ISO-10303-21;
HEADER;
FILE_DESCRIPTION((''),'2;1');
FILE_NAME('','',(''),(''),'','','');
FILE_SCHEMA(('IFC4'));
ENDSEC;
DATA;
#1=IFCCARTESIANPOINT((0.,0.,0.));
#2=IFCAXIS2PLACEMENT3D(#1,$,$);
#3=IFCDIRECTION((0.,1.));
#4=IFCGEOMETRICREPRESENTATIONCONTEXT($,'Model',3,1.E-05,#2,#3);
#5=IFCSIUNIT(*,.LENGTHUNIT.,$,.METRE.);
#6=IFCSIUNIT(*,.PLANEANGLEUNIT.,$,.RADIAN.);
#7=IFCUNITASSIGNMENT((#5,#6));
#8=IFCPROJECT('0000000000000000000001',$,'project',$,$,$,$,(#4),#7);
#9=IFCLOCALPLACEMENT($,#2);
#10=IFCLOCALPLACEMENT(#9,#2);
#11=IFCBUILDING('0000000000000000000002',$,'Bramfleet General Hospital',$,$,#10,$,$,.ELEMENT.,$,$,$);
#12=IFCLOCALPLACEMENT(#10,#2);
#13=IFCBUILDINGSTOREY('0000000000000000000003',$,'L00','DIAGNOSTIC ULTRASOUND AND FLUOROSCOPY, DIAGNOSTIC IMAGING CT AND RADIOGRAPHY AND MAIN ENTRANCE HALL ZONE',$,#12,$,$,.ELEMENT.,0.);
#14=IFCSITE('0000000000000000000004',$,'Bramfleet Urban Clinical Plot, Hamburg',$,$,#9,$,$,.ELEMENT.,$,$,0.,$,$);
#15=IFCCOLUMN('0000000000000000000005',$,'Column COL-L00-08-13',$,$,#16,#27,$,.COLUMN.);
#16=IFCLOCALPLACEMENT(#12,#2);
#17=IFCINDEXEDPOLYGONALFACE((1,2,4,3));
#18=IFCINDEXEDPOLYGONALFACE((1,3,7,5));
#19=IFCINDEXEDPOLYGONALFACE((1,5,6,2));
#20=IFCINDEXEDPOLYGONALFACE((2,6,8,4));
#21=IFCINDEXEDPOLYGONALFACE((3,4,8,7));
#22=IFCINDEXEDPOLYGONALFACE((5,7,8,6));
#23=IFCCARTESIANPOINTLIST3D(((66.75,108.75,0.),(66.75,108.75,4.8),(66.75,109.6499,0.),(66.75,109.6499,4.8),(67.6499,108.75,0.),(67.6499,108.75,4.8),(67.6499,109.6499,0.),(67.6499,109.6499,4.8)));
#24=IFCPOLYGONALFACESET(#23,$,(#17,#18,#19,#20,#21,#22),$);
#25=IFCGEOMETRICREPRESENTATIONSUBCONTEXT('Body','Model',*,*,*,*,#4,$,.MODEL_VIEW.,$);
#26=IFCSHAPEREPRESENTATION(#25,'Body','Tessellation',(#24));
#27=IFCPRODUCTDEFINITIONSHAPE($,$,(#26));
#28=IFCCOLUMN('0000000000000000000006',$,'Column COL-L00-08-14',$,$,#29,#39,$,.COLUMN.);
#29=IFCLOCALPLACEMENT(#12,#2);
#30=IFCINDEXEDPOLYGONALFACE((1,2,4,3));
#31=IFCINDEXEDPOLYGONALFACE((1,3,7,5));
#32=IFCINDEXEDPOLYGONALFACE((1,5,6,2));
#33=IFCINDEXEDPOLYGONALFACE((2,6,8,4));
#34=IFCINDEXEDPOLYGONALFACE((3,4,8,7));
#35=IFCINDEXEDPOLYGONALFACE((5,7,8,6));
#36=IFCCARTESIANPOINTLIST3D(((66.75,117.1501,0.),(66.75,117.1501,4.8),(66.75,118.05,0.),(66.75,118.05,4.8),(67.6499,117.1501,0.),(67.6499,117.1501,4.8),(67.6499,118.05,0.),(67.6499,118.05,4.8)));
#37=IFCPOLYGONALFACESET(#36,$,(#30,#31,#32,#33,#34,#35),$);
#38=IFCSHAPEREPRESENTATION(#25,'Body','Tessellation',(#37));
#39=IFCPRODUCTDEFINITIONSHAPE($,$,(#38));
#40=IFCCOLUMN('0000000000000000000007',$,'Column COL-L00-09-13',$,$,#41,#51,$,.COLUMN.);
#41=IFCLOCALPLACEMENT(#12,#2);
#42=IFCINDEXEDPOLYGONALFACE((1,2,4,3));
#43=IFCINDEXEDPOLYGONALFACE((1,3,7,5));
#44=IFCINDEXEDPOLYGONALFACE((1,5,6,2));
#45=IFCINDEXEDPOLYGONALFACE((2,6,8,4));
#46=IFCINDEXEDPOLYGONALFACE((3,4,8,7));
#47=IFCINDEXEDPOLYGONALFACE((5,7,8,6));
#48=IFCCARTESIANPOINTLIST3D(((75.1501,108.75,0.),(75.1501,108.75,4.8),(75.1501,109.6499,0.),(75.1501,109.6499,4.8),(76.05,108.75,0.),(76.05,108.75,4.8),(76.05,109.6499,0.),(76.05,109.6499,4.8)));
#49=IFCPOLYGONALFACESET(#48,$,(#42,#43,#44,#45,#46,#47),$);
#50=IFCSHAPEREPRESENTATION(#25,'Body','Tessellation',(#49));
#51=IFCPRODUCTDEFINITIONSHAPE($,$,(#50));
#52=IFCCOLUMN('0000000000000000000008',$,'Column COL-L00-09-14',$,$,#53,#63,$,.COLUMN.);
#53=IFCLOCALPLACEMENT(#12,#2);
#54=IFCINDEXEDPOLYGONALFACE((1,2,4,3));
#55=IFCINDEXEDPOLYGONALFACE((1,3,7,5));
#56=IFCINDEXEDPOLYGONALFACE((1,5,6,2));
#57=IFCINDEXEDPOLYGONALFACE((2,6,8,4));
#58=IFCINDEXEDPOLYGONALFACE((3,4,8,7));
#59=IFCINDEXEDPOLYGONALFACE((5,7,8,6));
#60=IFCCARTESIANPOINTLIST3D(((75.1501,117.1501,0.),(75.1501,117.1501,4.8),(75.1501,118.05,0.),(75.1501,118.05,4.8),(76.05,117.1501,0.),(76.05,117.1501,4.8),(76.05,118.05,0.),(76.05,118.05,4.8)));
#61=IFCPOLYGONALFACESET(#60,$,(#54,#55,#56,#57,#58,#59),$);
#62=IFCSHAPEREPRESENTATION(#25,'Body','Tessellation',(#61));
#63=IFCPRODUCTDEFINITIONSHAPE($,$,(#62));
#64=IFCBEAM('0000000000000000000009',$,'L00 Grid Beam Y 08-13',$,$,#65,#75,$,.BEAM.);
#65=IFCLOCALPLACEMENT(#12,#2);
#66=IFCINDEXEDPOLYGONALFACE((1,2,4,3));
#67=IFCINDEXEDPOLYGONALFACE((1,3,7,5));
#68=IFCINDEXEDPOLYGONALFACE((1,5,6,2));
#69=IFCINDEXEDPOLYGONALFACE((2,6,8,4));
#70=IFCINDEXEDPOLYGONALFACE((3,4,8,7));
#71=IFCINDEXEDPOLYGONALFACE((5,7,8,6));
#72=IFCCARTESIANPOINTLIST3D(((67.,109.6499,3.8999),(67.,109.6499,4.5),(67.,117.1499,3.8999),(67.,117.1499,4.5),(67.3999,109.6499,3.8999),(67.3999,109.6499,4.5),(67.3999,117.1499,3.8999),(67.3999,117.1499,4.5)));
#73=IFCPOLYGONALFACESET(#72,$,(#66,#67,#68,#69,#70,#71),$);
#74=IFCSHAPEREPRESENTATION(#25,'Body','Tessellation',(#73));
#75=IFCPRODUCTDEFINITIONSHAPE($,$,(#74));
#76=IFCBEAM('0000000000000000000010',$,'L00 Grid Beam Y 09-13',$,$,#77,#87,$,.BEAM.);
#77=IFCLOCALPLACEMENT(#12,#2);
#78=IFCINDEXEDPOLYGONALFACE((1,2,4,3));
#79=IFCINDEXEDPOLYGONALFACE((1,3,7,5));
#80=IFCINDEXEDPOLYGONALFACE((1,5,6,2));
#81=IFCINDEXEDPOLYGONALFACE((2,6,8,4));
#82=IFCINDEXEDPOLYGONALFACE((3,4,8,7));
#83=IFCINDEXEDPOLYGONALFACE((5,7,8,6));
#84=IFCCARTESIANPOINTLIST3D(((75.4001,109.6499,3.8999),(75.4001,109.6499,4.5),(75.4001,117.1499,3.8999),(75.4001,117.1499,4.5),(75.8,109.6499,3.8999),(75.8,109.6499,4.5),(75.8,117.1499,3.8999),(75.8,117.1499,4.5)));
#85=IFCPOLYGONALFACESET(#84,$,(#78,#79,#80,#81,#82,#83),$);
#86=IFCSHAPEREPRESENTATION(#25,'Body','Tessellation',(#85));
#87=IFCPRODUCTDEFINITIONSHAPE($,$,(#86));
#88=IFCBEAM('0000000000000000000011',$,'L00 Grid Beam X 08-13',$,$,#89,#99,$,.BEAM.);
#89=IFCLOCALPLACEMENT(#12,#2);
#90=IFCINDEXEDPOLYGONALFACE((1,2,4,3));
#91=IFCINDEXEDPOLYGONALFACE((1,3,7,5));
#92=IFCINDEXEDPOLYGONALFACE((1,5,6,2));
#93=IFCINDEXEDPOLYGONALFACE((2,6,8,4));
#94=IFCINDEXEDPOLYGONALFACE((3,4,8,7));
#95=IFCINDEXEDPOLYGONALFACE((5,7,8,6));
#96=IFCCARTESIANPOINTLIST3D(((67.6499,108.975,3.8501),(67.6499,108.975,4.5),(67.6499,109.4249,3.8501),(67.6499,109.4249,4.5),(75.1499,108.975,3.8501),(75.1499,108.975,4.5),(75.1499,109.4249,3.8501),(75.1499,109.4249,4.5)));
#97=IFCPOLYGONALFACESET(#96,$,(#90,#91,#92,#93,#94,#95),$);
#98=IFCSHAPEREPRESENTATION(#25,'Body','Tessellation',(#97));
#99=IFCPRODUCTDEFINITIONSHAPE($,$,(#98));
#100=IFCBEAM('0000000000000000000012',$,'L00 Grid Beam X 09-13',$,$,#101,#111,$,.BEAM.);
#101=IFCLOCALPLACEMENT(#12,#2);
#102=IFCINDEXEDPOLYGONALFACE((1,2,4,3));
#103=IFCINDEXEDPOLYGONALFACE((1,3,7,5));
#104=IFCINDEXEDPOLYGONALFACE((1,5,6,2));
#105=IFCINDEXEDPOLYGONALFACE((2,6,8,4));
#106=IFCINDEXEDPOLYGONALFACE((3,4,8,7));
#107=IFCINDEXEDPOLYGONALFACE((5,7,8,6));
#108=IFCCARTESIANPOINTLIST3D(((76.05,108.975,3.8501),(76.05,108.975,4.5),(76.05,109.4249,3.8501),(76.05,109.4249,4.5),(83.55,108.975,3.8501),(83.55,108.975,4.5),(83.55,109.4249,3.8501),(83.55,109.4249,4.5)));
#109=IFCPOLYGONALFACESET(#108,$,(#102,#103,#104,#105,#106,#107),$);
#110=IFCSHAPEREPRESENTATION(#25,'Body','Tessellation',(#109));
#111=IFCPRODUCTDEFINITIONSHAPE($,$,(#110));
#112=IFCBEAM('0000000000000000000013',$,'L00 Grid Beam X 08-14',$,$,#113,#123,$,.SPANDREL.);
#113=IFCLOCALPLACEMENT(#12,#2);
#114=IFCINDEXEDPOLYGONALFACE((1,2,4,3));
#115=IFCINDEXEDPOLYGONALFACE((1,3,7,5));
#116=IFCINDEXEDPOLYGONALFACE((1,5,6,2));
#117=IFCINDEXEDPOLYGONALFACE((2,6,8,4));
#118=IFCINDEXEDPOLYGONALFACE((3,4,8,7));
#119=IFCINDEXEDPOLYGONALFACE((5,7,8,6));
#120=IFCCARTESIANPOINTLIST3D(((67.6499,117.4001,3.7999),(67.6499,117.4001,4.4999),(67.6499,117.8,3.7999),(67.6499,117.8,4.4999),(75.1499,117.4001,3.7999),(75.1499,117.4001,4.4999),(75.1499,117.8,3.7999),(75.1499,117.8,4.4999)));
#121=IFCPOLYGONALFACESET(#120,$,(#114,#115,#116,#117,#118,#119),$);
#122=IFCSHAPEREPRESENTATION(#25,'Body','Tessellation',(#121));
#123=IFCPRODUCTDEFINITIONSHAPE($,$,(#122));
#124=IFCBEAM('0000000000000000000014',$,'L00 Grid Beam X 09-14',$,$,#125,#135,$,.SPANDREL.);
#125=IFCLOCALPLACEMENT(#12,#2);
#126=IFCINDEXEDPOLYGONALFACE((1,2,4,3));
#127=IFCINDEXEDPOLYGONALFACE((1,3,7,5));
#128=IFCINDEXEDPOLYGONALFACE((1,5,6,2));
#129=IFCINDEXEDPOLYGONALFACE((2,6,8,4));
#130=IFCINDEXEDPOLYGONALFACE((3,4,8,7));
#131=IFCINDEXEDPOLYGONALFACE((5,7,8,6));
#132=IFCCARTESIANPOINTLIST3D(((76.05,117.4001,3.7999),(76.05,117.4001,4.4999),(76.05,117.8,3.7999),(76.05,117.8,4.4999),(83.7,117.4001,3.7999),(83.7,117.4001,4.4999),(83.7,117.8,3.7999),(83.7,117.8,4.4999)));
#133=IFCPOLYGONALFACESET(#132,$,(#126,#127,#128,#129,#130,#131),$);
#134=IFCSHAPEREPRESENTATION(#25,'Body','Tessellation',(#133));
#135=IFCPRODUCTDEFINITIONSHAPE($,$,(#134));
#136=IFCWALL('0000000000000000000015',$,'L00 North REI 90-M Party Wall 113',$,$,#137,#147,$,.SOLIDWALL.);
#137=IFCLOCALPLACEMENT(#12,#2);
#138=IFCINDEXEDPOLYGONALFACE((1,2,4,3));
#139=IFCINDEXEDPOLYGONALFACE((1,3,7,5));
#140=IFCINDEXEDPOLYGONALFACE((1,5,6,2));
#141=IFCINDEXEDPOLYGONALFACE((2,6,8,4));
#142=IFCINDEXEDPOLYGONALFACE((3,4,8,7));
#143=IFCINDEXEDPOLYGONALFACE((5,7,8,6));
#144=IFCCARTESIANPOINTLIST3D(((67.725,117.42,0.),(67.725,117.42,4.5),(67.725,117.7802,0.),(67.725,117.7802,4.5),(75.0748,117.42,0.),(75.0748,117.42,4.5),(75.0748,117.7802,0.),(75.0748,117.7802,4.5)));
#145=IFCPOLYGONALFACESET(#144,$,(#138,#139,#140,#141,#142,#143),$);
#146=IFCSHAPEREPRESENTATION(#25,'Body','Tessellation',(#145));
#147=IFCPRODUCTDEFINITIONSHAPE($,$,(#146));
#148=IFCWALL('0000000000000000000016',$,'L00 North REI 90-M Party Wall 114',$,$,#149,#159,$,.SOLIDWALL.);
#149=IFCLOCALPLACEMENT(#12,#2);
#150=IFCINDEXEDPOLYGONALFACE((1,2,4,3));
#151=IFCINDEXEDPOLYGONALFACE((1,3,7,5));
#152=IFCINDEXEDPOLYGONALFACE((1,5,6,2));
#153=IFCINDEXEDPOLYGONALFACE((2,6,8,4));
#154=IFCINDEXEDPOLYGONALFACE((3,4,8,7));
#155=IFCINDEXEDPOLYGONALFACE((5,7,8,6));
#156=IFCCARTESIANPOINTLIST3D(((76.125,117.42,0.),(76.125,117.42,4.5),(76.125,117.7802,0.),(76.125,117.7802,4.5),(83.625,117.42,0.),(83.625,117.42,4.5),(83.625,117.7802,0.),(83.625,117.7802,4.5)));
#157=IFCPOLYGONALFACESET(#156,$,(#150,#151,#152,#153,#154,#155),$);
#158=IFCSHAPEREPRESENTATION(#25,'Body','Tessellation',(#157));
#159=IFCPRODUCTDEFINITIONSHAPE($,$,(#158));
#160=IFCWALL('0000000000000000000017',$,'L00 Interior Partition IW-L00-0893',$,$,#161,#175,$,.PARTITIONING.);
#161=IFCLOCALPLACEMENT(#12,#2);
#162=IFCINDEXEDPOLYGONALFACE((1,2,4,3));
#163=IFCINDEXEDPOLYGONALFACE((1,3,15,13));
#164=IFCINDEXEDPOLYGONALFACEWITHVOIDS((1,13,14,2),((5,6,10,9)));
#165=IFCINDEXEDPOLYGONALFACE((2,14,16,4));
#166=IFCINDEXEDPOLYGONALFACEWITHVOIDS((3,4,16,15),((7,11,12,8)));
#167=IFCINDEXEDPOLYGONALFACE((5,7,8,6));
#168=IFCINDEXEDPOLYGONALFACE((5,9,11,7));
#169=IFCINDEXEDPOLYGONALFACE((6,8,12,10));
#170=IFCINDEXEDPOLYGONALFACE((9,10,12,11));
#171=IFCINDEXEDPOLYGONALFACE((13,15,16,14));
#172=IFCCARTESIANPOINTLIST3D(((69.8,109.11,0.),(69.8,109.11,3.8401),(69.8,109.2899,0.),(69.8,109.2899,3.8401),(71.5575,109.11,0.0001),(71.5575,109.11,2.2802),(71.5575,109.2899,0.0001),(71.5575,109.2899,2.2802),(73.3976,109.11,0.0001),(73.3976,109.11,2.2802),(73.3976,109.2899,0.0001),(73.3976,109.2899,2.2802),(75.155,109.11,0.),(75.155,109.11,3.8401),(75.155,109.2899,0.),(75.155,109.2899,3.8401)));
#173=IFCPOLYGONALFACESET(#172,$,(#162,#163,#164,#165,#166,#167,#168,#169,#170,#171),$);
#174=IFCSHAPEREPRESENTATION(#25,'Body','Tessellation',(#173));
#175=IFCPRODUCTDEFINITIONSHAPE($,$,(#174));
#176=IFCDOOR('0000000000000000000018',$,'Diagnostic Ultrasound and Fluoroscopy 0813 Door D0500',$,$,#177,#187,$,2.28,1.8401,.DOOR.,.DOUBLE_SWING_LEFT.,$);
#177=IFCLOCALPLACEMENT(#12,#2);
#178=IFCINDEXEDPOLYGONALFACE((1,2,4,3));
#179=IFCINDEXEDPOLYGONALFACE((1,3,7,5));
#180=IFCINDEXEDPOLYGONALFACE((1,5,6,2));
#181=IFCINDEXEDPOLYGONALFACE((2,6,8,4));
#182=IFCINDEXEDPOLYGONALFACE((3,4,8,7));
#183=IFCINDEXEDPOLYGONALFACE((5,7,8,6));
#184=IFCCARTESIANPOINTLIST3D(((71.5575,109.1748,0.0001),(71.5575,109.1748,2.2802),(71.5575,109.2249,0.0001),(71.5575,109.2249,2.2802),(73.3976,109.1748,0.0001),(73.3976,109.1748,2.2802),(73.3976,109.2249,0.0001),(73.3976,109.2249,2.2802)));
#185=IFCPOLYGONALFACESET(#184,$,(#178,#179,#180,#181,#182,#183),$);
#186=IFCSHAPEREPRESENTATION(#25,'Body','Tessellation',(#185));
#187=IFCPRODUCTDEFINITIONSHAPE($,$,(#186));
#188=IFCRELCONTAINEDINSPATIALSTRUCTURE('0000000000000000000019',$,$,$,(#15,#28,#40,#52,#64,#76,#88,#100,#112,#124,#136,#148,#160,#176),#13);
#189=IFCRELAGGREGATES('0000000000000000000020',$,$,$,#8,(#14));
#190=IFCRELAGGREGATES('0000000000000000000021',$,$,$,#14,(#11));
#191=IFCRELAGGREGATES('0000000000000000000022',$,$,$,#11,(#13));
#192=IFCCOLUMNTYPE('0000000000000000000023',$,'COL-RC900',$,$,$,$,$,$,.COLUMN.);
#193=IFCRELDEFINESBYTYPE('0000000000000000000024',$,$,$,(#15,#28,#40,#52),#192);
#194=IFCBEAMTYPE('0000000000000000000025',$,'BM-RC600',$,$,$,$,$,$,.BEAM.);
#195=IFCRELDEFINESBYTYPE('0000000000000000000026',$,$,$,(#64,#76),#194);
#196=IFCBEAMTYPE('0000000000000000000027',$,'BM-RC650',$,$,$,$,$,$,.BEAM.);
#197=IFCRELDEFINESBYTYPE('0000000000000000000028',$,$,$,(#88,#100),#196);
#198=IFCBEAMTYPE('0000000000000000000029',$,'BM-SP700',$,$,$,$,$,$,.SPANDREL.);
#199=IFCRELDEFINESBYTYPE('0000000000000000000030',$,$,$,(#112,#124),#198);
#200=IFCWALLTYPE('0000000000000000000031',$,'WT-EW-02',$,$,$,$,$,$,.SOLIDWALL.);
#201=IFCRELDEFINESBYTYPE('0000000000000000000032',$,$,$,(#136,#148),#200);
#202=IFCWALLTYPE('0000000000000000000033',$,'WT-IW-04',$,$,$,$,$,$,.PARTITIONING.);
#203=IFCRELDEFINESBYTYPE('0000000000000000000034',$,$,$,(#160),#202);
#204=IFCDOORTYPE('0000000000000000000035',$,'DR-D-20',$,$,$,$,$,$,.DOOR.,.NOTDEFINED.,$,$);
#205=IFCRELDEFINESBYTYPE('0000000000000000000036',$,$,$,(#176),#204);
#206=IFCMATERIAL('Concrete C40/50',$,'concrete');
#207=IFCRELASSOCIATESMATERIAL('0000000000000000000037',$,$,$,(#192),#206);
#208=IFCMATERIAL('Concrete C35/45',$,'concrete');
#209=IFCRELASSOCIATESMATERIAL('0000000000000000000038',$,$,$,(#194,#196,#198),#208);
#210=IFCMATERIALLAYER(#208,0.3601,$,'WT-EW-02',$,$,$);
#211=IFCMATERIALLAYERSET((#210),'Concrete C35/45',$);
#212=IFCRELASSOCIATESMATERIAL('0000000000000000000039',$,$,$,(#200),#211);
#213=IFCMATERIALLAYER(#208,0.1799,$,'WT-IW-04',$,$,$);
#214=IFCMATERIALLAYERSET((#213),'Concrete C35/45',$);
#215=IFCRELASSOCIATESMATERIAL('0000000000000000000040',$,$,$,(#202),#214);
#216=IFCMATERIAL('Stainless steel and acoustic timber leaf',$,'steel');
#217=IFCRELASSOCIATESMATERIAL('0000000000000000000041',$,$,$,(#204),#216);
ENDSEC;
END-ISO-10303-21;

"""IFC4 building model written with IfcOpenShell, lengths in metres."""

from ifc_helpers import new_model, si_unit, direction, frame, frame_2d, origin, origin_2d, place, context, subcontext, project, spatial, rectangle, extrude, material, layer, layer_set, material_profile, profile_set, type_object, element, fill, save


model = new_model("IFC4")

# Units and contexts
model_context = context("Model", 3, precision=1e-05, world=origin(), true_north=direction((0.0, 1.0)))
body_context = subcontext(model_context, "Body", "Model", "MODEL_VIEW")
ifc_project = project(units=[si_unit("LENGTHUNIT", "METRE"), si_unit("PLANEANGLEUNIT", "RADIAN")], contexts=[model_context])

# Site, building, storey
site_placement = place(None, origin())
site = spatial("IfcSite", under=ifc_project, at=site_placement, Name="Bramfleet Urban Clinical Plot, Hamburg", CompositionType="ELEMENT", RefElevation=0.0)
building_placement = place(site_placement, origin())
building = spatial("IfcBuilding", under=site, at=building_placement, Name="Bramfleet General Hospital", CompositionType="ELEMENT")
storey_placement = place(building_placement, origin())
storey = spatial("IfcBuildingStorey", under=building, at=storey_placement, Name="L00", Description="DIAGNOSTIC ULTRASOUND AND FLUOROSCOPY, DIAGNOSTIC IMAGING CT AND RADIOGRAPHY AND MAIN ENTRANCE HALL ZONE", CompositionType="ELEMENT", Elevation=0.0)

# Columns
ifc_material_1 = material(Name="Concrete C40/50", Category="concrete")
ifc_material_profile_1 = material_profile(ifc_material_1, rectangle(XDim=0.8999, YDim=0.8999, at=origin_2d()), Name="RC COL 900x900")
ifc_profile_set_1 = profile_set([ifc_material_profile_1], Name="Concrete C40/50")
column_type = type_object("IfcColumnType", Name="COL-RC900", PredefinedType="COLUMN", material=ifc_profile_set_1)
for number, where, z_axis, x_axis, name in (
    (1, (67.2, 109.2, 0.0), (0.0, 0.0, 1.0), (1.0, 0.0, 0.0), "Column COL-L00-08-13"),
    (2, (67.2, 117.6001, 0.0), (0.0, 0.0, 1.0), (1.0, 0.0, 0.0), "Column COL-L00-08-14"),
    (3, (75.6001, 109.2, 0.0), (0.0, 0.0, 1.0), (1.0, 0.0, 0.0), "Column COL-L00-09-13"),
    (4, (75.6001, 117.6001, 0.0), (0.0, 0.0, 1.0), (1.0, 0.0, 0.0), "Column COL-L00-09-14"),
):
    element("IfcColumn", number, at=place(storey_placement, frame(where, z_axis=z_axis, x_axis=x_axis)), inside=storey, type_object=column_type, Name=name, PredefinedType="COLUMN", context=body_context, shape_type="SweptSolid", body=[
        extrude(rectangle(XDim=0.8999, YDim=0.8999, at=origin_2d()), origin(), (0.0, 0.0, 1.0), 4.8),
    ])

# Beams
ifc_material_2 = material(Name="Concrete C35/45", Category="concrete")
ifc_material_profile_2 = material_profile(ifc_material_2, rectangle(XDim=0.3999, YDim=0.6001, at=origin_2d()), Name="RC BM 600x400")
ifc_profile_set_2 = profile_set([ifc_material_profile_2], Name="Concrete C35/45")
beam_type_1 = type_object("IfcBeamType", Name="BM-RC600", PredefinedType="BEAM", material=ifc_profile_set_2)
for number, where, z_axis, x_axis, name in (
    (5, (67.2, 109.6499, 4.2), (0.0, 1.0, 0.0), (-1.0, 0.0, 0.0), "L00 Grid Beam Y 08-13"),
    (6, (75.6001, 109.6499, 4.2), (0.0, 1.0, 0.0), (-1.0, 0.0, 0.0), "L00 Grid Beam Y 09-13"),
):
    element("IfcBeam", number, at=place(storey_placement, frame(where, z_axis=z_axis, x_axis=x_axis)), inside=storey, type_object=beam_type_1, Name=name, PredefinedType="BEAM", context=body_context, shape_type="SweptSolid", body=[
        extrude(rectangle(XDim=0.3999, YDim=0.6001, at=origin_2d()), origin(), (0.0, 0.0, 1.0), 7.5),
    ])
ifc_material_profile_3 = material_profile(ifc_material_2, rectangle(XDim=0.45, YDim=0.6499, at=origin_2d()), Name="RC BM 650x450")
ifc_profile_set_3 = profile_set([ifc_material_profile_3], Name="Concrete C35/45")
beam_type_2 = type_object("IfcBeamType", Name="BM-RC650", PredefinedType="BEAM", material=ifc_profile_set_3)
for number, where, z_axis, x_axis, name in (
    (7, (67.6499, 109.2, 4.175), (1.0, 0.0, 0.0), (0.0, 1.0, 0.0), "L00 Grid Beam X 08-13"),
    (8, (76.05, 109.2, 4.175), (1.0, 0.0, 0.0), (0.0, 1.0, 0.0), "L00 Grid Beam X 09-13"),
):
    element("IfcBeam", number, at=place(storey_placement, frame(where, z_axis=z_axis, x_axis=x_axis)), inside=storey, type_object=beam_type_2, Name=name, PredefinedType="BEAM", context=body_context, shape_type="SweptSolid", body=[
        extrude(rectangle(XDim=0.45, YDim=0.6499, at=origin_2d()), origin(), (0.0, 0.0, 1.0), 7.5),
    ])
ifc_material_profile_4 = material_profile(ifc_material_2, rectangle(XDim=0.3999, YDim=0.7, at=origin_2d()), Name="RC SP 700x400")
ifc_profile_set_4 = profile_set([ifc_material_profile_4], Name="Concrete C35/45")
beam_type_3 = type_object("IfcBeamType", Name="BM-SP700", PredefinedType="SPANDREL", material=ifc_profile_set_4)
beam_1_placement = place(storey_placement, frame((67.6499, 117.6001, 4.1499), z_axis=(1.0, 0.0, 0.0), x_axis=(0.0, 1.0, 0.0)))
element("IfcBeam", 9, at=beam_1_placement, inside=storey, type_object=beam_type_3, Name="L00 Grid Beam X 08-14", PredefinedType="SPANDREL", context=body_context, shape_type="SweptSolid", body=[
    extrude(rectangle(XDim=0.3999, YDim=0.7, at=origin_2d()), origin(), (0.0, 0.0, 1.0), 7.5),
])
beam_2_placement = place(storey_placement, frame((76.05, 117.6001, 4.1499), z_axis=(1.0, 0.0, 0.0), x_axis=(0.0, 1.0, 0.0)))
element("IfcBeam", 10, at=beam_2_placement, inside=storey, type_object=beam_type_3, Name="L00 Grid Beam X 09-14", PredefinedType="SPANDREL", context=body_context, shape_type="SweptSolid", body=[
    extrude(rectangle(XDim=0.3999, YDim=0.7, at=origin_2d()), origin(), (0.0, 0.0, 1.0), 7.6499),
])

# Walls
ifc_layer_1 = layer(ifc_material_2, 0.3601, Name="WT-EW-02")
ifc_layer_set_1 = layer_set([ifc_layer_1], Name="Concrete C35/45")
wall_type_1 = type_object("IfcWallType", Name="WT-EW-02", PredefinedType="SOLIDWALL", material=ifc_layer_set_1)
wall_1_placement = place(storey_placement, frame((67.7251, 117.6001, 0.0), z_axis=(0.0, 0.0, 1.0), x_axis=(1.0, 0.0, 0.0)))
element("IfcWall", 11, at=wall_1_placement, inside=storey, type_object=wall_type_1, Name="L00 North REI 90-M Party Wall 113", PredefinedType="SOLIDWALL", context=body_context, shape_type="SweptSolid", body=[
    extrude(rectangle(XDim=7.3499, YDim=0.3601, at=frame_2d((3.6748, 0.0))), origin(), (0.0, 0.0, 1.0), 4.5),
])
wall_2_placement = place(storey_placement, frame((76.125, 117.6001, 0.0), z_axis=(0.0, 0.0, 1.0), x_axis=(1.0, 0.0, 0.0)))
element("IfcWall", 12, at=wall_2_placement, inside=storey, type_object=wall_type_1, Name="L00 North REI 90-M Party Wall 114", PredefinedType="SOLIDWALL", context=body_context, shape_type="SweptSolid", body=[
    extrude(rectangle(XDim=7.5, YDim=0.3601, at=frame_2d((3.75, 0.0))), origin(), (0.0, 0.0, 1.0), 4.5),
])

# Wall, opening, door
ifc_layer_2 = layer(ifc_material_2, 0.1799, Name="WT-IW-04")
ifc_layer_set_2 = layer_set([ifc_layer_2], Name="Concrete C35/45")
wall_type_2 = type_object("IfcWallType", Name="WT-IW-04", PredefinedType="PARTITIONING", material=ifc_layer_set_2)
wall_3_placement = place(storey_placement, frame((69.8, 109.2, 0.0), z_axis=(0.0, 0.0, 1.0), x_axis=(1.0, 0.0, 0.0)))
wall_3 = element("IfcWall", 13, at=wall_3_placement, inside=storey, type_object=wall_type_2, Name="L00 Interior Partition IW-L00-0893", PredefinedType="PARTITIONING", context=body_context, shape_type="SweptSolid", body=[
    extrude(rectangle(XDim=5.355, YDim=0.1799, at=frame_2d((2.6775, 0.0))), origin(), (0.0, 0.0, 1.0), 3.8401),
])
opening_1_placement = place(wall_3_placement, frame((1.7576, 0.0, 0.0)))
opening_1 = element("IfcOpeningElement", 14, at=opening_1_placement, cuts=wall_3, PredefinedType="OPENING", context=body_context, shape_type="SweptSolid", body=[
    extrude(rectangle(XDim=1.8401, YDim=2.28, at=frame_2d((0.9199, 1.1401))), frame((0.0, 0.0999, 0.0), z_axis=(0.0, -1.0, 0.0), x_axis=(1.0, 0.0, 0.0)), (0.0, 0.0, 1.0), 0.2),
])
ifc_material_3 = material(Name="Stainless steel and acoustic timber leaf", Category="steel")
door_type_1 = type_object("IfcDoorType", Name="DR-D-20", OperationType="NOTDEFINED", PredefinedType="DOOR", material=ifc_material_3)
door_1_placement = place(opening_1_placement, origin())
door_1 = element("IfcDoor", 15, at=door_1_placement, inside=storey, type_object=door_type_1, Name="Diagnostic Ultrasound and Fluoroscopy 0813 Door D0500", OperationType="DOUBLE_SWING_LEFT", OverallHeight=2.28, OverallWidth=1.8401, PredefinedType="DOOR", context=body_context, shape_type="SweptSolid", body=[
    extrude(rectangle(XDim=1.8401, YDim=2.28, at=frame_2d((0.9199, 1.1401))), frame((0.0, 0.0249, 0.0), z_axis=(0.0, -1.0, 0.0), x_axis=(1.0, 0.0, 0.0)), (0.0, 0.0, 1.0), 0.05),
])
fill(opening_1, door_1)

save(model, "model.ifc")
